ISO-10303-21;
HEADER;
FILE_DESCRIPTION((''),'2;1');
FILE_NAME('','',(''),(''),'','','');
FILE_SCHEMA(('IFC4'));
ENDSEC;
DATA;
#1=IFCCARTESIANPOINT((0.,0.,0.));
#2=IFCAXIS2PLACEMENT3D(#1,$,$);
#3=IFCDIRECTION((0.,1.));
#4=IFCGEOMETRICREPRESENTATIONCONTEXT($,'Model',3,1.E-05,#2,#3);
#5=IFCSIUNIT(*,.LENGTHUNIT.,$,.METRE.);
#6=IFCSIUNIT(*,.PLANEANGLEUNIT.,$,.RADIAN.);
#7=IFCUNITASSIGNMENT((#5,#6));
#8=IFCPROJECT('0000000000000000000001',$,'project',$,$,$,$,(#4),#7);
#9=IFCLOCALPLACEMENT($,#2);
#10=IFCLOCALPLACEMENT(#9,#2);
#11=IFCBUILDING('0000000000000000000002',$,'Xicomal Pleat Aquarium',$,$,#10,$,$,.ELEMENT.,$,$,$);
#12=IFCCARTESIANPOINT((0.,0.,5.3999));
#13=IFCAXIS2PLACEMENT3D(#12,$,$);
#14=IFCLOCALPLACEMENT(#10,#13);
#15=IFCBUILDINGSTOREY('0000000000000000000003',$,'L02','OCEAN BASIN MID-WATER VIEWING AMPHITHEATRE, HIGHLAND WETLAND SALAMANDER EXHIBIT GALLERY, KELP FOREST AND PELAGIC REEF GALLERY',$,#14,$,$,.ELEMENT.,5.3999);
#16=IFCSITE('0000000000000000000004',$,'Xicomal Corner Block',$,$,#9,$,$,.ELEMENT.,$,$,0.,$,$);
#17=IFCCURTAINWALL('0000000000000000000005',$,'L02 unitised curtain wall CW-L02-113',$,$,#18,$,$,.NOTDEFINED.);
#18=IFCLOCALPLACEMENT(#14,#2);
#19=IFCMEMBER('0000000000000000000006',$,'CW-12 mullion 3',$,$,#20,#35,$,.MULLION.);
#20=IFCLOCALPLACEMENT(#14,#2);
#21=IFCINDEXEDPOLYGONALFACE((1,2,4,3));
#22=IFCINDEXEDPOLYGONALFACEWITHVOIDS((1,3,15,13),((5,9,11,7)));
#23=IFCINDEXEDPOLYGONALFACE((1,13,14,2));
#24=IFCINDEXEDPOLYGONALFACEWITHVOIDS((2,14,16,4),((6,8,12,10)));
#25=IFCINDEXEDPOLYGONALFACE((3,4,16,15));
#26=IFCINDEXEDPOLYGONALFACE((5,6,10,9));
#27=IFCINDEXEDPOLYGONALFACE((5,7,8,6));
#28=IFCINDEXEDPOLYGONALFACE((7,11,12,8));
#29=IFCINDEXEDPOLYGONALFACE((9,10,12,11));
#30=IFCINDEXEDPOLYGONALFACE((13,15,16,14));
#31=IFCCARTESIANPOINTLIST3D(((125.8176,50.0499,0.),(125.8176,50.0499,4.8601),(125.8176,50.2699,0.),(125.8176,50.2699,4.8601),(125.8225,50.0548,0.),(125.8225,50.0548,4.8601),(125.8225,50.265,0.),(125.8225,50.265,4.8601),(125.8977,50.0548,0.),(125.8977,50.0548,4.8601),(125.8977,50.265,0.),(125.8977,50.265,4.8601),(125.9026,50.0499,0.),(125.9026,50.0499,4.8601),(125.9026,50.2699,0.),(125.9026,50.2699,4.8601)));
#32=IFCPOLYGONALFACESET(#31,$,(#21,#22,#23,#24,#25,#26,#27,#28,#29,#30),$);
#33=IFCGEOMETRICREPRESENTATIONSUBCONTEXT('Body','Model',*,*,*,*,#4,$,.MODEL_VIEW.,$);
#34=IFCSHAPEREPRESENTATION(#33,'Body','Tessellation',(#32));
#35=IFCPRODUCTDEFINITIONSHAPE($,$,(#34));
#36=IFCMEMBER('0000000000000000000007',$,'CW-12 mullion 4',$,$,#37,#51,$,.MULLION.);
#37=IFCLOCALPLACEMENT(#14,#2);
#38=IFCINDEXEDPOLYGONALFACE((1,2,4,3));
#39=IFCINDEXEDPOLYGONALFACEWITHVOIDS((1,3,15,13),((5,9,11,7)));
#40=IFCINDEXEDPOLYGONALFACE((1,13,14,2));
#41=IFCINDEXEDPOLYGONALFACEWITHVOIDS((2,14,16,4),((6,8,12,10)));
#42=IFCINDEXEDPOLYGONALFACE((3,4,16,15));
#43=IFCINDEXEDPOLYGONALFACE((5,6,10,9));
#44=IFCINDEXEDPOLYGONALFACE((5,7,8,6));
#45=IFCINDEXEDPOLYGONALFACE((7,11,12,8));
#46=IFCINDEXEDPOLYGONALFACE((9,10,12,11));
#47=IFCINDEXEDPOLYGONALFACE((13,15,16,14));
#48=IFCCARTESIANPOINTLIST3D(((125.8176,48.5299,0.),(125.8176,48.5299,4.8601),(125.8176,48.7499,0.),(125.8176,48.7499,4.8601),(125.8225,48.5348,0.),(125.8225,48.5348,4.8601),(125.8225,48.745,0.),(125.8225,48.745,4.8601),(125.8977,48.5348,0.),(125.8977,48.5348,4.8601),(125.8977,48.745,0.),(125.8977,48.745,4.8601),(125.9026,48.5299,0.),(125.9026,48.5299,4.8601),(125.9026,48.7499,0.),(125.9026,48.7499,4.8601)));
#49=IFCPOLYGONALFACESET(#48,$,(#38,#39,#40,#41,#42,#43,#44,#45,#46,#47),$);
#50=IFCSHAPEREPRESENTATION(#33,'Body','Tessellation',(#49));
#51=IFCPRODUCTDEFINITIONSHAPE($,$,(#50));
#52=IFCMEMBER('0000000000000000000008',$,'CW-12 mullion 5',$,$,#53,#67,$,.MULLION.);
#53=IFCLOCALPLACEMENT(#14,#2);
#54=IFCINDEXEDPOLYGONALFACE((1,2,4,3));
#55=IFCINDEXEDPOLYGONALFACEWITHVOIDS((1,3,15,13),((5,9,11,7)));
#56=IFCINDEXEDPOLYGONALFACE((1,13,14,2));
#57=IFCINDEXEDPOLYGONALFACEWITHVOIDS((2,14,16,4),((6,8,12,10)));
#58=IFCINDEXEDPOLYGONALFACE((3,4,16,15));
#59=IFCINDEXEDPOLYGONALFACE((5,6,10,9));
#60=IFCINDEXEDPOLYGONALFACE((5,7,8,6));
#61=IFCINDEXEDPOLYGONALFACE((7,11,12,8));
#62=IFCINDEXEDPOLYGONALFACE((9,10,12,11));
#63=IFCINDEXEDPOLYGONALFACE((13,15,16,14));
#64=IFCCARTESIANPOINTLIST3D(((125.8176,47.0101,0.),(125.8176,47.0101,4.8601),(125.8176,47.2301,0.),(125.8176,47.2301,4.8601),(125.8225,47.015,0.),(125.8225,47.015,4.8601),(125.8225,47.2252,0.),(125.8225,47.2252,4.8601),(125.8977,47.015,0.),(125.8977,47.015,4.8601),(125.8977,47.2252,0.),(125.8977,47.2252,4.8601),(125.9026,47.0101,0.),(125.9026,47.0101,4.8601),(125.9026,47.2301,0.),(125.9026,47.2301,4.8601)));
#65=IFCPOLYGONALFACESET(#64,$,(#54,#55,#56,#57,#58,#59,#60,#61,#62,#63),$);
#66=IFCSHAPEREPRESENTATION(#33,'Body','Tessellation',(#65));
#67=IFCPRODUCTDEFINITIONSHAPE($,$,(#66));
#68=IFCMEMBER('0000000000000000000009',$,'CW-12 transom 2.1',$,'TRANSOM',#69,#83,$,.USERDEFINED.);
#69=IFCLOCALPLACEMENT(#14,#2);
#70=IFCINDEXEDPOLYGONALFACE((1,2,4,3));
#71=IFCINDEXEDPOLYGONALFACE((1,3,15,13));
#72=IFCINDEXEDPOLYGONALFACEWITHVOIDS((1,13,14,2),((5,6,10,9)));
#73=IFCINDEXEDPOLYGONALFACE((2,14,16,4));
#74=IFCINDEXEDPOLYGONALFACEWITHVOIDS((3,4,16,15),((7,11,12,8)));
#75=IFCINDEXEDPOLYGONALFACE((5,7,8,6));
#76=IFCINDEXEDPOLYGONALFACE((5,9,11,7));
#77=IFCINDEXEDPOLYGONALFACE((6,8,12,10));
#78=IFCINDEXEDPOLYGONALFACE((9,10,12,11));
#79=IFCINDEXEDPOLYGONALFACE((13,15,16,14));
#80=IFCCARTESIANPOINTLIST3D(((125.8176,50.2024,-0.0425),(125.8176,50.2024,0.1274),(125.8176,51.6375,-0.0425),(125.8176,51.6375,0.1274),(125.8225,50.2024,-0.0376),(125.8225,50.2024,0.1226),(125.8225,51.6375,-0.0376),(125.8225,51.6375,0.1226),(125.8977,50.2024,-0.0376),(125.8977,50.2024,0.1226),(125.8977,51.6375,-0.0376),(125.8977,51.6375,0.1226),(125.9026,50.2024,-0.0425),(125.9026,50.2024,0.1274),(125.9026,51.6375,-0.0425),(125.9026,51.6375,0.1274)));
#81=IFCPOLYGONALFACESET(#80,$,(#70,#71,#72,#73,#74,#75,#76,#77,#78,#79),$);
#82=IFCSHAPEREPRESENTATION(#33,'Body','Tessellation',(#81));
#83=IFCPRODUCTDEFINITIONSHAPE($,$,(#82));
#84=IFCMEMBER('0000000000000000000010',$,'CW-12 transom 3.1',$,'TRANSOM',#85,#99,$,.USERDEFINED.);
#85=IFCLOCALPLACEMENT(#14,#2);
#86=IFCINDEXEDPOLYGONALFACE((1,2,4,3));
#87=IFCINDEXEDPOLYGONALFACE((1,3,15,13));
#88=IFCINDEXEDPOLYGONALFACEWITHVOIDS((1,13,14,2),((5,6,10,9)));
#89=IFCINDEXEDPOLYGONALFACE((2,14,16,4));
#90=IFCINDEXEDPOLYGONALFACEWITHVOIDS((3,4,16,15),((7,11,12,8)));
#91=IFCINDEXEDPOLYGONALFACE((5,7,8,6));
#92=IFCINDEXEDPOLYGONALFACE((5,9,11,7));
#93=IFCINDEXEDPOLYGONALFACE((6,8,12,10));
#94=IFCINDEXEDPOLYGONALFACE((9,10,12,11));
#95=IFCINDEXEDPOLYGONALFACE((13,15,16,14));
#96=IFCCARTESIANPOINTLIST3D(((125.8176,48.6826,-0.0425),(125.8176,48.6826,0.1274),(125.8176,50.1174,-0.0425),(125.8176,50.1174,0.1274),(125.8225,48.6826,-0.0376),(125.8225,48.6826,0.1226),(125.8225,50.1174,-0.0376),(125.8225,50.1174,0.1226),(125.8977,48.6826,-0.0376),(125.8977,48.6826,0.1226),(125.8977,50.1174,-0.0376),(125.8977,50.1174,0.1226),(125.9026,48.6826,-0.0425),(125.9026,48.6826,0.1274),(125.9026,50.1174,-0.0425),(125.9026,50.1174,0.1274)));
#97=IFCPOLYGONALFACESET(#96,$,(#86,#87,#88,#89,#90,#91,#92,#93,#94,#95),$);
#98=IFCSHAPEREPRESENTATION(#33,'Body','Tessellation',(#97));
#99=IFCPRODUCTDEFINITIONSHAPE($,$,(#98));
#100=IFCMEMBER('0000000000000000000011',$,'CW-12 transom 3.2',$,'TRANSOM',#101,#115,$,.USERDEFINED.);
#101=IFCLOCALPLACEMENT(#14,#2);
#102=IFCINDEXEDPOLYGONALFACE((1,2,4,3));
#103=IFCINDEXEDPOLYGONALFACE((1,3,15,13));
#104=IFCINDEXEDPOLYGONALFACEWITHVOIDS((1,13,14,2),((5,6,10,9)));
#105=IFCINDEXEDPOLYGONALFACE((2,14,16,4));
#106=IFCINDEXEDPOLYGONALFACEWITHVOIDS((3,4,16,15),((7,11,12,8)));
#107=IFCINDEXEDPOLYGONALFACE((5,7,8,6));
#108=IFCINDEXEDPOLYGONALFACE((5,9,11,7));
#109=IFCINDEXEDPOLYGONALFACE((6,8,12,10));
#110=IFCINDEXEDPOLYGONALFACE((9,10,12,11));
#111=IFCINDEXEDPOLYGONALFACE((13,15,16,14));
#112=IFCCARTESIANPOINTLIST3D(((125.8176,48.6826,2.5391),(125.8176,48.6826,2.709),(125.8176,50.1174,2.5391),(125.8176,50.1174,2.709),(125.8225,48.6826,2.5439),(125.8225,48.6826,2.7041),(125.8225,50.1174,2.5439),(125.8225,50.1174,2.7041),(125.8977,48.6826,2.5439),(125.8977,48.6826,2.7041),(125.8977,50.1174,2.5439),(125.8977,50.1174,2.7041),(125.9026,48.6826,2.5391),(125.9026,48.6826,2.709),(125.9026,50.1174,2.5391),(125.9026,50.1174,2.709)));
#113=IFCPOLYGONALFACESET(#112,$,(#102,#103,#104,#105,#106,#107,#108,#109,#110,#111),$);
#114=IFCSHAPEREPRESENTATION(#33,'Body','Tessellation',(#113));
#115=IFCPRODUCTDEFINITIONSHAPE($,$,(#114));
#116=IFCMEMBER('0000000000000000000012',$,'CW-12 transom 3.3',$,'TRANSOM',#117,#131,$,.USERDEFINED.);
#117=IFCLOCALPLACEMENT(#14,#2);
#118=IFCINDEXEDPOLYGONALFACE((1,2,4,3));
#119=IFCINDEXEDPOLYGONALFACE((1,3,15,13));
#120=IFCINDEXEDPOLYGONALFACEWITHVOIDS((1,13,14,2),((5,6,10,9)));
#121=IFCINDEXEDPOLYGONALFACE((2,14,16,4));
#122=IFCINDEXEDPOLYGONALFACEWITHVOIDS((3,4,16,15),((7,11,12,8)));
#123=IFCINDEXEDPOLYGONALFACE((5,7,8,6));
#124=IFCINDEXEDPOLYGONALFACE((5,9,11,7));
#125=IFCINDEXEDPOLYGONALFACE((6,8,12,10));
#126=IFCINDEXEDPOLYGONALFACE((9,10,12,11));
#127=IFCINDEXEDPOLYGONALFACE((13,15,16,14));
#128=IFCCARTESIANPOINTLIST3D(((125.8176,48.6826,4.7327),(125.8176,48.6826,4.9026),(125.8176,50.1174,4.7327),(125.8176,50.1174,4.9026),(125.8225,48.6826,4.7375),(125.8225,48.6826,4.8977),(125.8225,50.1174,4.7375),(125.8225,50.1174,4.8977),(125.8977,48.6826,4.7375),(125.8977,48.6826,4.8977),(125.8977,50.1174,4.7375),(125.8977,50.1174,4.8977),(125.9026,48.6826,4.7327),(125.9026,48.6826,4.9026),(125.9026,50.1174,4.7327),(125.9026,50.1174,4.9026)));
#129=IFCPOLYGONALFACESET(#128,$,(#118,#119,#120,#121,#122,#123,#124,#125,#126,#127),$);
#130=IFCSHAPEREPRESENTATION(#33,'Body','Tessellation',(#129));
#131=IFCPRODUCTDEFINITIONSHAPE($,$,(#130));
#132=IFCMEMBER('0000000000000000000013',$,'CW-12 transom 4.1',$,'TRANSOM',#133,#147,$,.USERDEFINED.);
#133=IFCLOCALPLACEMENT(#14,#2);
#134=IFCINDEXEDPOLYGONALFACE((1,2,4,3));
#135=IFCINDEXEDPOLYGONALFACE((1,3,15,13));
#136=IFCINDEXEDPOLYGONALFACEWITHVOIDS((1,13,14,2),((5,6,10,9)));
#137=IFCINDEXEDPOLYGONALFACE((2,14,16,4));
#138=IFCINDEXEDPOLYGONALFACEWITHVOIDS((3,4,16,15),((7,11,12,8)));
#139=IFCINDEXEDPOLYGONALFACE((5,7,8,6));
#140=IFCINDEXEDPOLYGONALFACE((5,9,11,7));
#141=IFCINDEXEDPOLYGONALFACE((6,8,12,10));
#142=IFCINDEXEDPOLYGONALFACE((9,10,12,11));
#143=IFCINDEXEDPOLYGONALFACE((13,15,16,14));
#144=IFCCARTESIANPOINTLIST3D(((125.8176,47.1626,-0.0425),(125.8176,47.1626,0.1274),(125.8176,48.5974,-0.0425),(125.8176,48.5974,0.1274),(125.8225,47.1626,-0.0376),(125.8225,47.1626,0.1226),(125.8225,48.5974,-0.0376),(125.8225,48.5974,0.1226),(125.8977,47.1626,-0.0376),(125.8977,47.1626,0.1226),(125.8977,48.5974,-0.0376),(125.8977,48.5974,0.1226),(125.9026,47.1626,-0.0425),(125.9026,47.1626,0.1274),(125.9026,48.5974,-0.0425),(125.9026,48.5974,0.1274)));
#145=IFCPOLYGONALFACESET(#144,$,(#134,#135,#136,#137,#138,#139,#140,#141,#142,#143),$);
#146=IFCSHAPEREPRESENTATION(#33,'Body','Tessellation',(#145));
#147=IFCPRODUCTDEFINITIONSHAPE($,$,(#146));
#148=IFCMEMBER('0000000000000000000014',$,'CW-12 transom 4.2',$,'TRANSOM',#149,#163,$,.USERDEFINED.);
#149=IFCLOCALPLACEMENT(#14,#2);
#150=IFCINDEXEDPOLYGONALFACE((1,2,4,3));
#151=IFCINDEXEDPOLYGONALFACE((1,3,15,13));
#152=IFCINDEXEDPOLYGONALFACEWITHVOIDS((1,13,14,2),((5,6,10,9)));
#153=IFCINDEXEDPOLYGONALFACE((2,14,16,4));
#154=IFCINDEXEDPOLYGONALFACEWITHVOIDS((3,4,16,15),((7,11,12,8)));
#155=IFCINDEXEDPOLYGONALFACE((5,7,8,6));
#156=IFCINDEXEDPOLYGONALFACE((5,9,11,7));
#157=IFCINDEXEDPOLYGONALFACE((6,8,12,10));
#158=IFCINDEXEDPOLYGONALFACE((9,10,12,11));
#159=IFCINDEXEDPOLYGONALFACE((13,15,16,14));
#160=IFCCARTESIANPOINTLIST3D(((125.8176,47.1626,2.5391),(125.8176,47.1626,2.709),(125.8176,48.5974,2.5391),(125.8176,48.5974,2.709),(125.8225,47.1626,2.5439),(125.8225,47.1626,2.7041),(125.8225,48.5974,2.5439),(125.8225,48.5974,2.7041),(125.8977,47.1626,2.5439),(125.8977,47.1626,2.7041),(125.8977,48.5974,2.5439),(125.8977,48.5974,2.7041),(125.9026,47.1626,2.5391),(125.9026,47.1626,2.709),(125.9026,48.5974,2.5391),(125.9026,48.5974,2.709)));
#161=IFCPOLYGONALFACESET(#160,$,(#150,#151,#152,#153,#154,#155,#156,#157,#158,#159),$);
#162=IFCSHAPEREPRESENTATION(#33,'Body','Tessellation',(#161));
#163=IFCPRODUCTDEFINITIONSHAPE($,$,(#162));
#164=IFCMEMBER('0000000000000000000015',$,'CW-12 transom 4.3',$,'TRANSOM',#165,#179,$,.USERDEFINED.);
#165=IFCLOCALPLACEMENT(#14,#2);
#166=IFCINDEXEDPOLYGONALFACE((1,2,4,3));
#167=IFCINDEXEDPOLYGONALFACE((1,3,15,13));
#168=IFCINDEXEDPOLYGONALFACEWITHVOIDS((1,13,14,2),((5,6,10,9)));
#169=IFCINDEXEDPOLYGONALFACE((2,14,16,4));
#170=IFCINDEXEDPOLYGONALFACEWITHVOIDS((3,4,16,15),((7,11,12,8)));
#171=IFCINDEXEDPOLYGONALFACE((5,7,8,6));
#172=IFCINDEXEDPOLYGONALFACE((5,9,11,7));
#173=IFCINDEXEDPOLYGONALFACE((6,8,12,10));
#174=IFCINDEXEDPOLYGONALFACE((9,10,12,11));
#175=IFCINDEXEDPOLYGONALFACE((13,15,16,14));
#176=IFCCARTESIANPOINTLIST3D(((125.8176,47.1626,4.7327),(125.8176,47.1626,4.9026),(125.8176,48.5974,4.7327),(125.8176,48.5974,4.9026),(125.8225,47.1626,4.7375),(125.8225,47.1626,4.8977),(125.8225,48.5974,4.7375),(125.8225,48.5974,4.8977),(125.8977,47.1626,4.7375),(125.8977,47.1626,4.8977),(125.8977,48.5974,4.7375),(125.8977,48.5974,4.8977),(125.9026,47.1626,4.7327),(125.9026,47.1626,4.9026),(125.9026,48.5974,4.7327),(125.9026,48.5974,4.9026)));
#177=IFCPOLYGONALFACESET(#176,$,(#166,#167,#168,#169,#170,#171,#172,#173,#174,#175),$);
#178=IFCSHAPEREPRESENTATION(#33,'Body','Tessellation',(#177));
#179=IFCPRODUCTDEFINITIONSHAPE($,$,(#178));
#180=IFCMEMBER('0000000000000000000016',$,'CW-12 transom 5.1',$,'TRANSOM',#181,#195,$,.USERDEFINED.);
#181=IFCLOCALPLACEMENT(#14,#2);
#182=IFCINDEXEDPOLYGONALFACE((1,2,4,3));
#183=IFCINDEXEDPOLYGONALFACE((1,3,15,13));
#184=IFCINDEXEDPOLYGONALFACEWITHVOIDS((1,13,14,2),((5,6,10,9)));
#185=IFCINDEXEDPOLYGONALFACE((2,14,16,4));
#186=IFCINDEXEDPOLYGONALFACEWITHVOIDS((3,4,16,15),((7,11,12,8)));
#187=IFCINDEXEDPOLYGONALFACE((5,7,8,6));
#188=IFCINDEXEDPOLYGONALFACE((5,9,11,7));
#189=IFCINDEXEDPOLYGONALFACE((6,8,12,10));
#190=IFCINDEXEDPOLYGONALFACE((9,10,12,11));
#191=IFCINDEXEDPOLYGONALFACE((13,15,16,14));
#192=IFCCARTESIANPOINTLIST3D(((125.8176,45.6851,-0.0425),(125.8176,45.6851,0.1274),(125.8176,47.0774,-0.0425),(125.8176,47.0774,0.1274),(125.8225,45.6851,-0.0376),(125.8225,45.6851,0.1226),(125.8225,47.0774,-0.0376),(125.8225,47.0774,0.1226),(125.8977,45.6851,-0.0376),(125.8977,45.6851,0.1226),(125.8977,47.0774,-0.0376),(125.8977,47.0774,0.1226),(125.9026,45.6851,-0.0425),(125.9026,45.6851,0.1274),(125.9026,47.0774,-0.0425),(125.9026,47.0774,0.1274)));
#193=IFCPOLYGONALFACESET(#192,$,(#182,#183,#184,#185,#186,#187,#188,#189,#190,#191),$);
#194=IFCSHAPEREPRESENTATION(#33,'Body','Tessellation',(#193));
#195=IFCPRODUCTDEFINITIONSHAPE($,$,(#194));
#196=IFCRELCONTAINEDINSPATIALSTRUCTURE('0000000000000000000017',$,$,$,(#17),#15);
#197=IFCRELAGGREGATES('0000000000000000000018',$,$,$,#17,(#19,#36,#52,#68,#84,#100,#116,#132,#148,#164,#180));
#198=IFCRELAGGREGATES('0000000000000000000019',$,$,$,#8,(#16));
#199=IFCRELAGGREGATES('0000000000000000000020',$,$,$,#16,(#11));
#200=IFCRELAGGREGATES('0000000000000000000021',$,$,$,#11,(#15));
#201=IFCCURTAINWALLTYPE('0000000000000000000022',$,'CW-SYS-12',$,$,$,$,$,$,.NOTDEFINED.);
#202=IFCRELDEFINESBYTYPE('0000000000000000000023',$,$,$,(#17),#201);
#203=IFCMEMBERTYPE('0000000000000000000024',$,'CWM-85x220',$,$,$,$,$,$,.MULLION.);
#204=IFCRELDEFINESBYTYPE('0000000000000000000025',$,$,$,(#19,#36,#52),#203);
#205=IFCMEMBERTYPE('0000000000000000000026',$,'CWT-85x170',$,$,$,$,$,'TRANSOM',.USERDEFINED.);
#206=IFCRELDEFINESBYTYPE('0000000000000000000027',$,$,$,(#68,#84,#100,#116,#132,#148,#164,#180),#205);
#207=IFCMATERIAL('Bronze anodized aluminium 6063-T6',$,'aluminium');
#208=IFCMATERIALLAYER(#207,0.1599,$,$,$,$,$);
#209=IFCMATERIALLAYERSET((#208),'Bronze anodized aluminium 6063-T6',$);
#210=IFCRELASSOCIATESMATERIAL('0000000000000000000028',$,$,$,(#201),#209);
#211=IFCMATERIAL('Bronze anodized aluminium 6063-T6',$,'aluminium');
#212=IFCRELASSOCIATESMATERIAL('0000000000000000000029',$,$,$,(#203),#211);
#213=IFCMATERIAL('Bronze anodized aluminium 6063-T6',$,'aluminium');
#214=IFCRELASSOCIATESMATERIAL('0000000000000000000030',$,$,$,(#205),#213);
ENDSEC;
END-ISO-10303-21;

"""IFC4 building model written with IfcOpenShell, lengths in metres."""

from ifc_helpers import new_model, si_unit, direction, frame, origin, origin_2d, place, context, subcontext, project, spatial, hollow_rectangle, extrude, material, layer, layer_set, material_profile, profile_set, type_object, element, aggregate, save


model = new_model("IFC4")

# Units and contexts
model_context = context("Model", 3, precision=1e-05, world=origin(), true_north=direction((0.0, 1.0)))
body_context = subcontext(model_context, "Body", "Model", "MODEL_VIEW")
ifc_project = project(units=[si_unit("LENGTHUNIT", "METRE"), si_unit("PLANEANGLEUNIT", "RADIAN")], contexts=[model_context])

# Site, building, storey
site_placement = place(None, origin())
site = spatial("IfcSite", under=ifc_project, at=site_placement, Name="Xicomal Corner Block", CompositionType="ELEMENT", RefElevation=0.0)
building_placement = place(site_placement, origin())
building = spatial("IfcBuilding", under=site, at=building_placement, Name="Xicomal Pleat Aquarium", CompositionType="ELEMENT")
storey_placement = place(building_placement, frame((0.0, 0.0, 5.3999)))
storey = spatial("IfcBuildingStorey", under=building, at=storey_placement, Name="L02", Description="OCEAN BASIN MID-WATER VIEWING AMPHITHEATRE, HIGHLAND WETLAND SALAMANDER EXHIBIT GALLERY, KELP FOREST AND PELAGIC REEF GALLERY", CompositionType="ELEMENT", Elevation=5.3999)

# Curtain wall, members
ifc_material_1 = material(Name="Bronze anodized aluminium 6063-T6", Category="aluminium")
ifc_layer_1 = layer(ifc_material_1, 0.1599)
ifc_layer_set_1 = layer_set([ifc_layer_1], Name="Bronze anodized aluminium 6063-T6")
curtain_wall_type = type_object("IfcCurtainWallType", Name="CW-SYS-12", PredefinedType="NOTDEFINED", material=ifc_layer_set_1)
curtain_wall_placement = place(storey_placement, origin())
curtain_wall = element("IfcCurtainWall", 1, at=curtain_wall_placement, inside=storey, type_object=curtain_wall_type, Name="L02 unitised curtain wall CW-L02-113", PredefinedType="NOTDEFINED")
ifc_material_2 = material(Name="Bronze anodized aluminium 6063-T6", Category="aluminium")
ifc_material_profile_1 = material_profile(ifc_material_2, hollow_rectangle(XDim=0.085, YDim=0.22, WallThickness=0.0049, at=origin_2d()), Name="ALU MULL 85x220")
ifc_profile_set_1 = profile_set([ifc_material_profile_1], Name="Bronze anodized aluminium 6063-T6")
member_type_1 = type_object("IfcMemberType", Name="CWM-85x220", PredefinedType="MULLION", material=ifc_profile_set_1)
member_1_placement = place(storey_placement, frame((125.8601, 50.1599, 0.0), z_axis=(0.0, 0.0, 1.0), x_axis=(1.0, 0.0, 0.0)))
member_1 = element("IfcMember", 2, at=member_1_placement, type_object=member_type_1, Name="CW-12 mullion 3", PredefinedType="MULLION", context=body_context, shape_type="SweptSolid", body=[
    extrude(hollow_rectangle(XDim=0.085, YDim=0.22, WallThickness=0.0049, at=origin_2d()), origin(), (0.0, 0.0, 1.0), 4.8601),
])
member_2_placement = place(storey_placement, frame((125.8601, 48.6399, 0.0), z_axis=(0.0, 0.0, 1.0), x_axis=(1.0, 0.0, 0.0)))
member_2 = element("IfcMember", 3, at=member_2_placement, type_object=member_type_1, Name="CW-12 mullion 4", PredefinedType="MULLION", context=body_context, shape_type="SweptSolid", body=[
    extrude(hollow_rectangle(XDim=0.085, YDim=0.22, WallThickness=0.0049, at=origin_2d()), origin(), (0.0, 0.0, 1.0), 4.8601),
])
member_3_placement = place(storey_placement, frame((125.8601, 47.1201, 0.0), z_axis=(0.0, 0.0, 1.0), x_axis=(1.0, 0.0, 0.0)))
member_3 = element("IfcMember", 4, at=member_3_placement, type_object=member_type_1, Name="CW-12 mullion 5", PredefinedType="MULLION", context=body_context, shape_type="SweptSolid", body=[
    extrude(hollow_rectangle(XDim=0.085, YDim=0.22, WallThickness=0.0049, at=origin_2d()), origin(), (0.0, 0.0, 1.0), 4.8601),
])
ifc_material_3 = material(Name="Bronze anodized aluminium 6063-T6", Category="aluminium")
ifc_material_profile_2 = material_profile(ifc_material_3, hollow_rectangle(XDim=0.085, YDim=0.1699, WallThickness=0.0049, at=origin_2d()), Name="ALU TRAN 85x170")
ifc_profile_set_2 = profile_set([ifc_material_profile_2], Name="Bronze anodized aluminium 6063-T6")
member_type_2 = type_object("IfcMemberType", Name="CWT-85x170", ElementType="TRANSOM", PredefinedType="USERDEFINED", material=ifc_profile_set_2)
member_4_placement = place(storey_placement, frame((125.8601, 51.6375, 0.0425), z_axis=(0.0, -1.0, 0.0), x_axis=(1.0, 0.0, 0.0)))
member_4 = element("IfcMember", 5, at=member_4_placement, type_object=member_type_2, Name="CW-12 transom 2.1", ObjectType="TRANSOM", PredefinedType="USERDEFINED", context=body_context, shape_type="SweptSolid", body=[
    extrude(hollow_rectangle(XDim=0.085, YDim=0.1699, WallThickness=0.0049, at=origin_2d()), origin(), (0.0, 0.0, 1.0), 1.4351),
])
member_5_placement = place(storey_placement, frame((125.8601, 50.1174, 0.0425), z_axis=(0.0, -1.0, 0.0), x_axis=(1.0, 0.0, 0.0)))
member_5 = element("IfcMember", 6, at=member_5_placement, type_object=member_type_2, Name="CW-12 transom 3.1", ObjectType="TRANSOM", PredefinedType="USERDEFINED", context=body_context, shape_type="SweptSolid", body=[
    extrude(hollow_rectangle(XDim=0.085, YDim=0.1699, WallThickness=0.0049, at=origin_2d()), origin(), (0.0, 0.0, 1.0), 1.4348),
])
member_6_placement = place(storey_placement, frame((125.8601, 50.1174, 2.624), z_axis=(0.0, -1.0, 0.0), x_axis=(1.0, 0.0, 0.0)))
member_6 = element("IfcMember", 7, at=member_6_placement, type_object=member_type_2, Name="CW-12 transom 3.2", ObjectType="TRANSOM", PredefinedType="USERDEFINED", context=body_context, shape_type="SweptSolid", body=[
    extrude(hollow_rectangle(XDim=0.085, YDim=0.1699, WallThickness=0.0049, at=origin_2d()), origin(), (0.0, 0.0, 1.0), 1.4348),
])
member_7_placement = place(storey_placement, frame((125.8601, 50.1174, 4.8176), z_axis=(0.0, -1.0, 0.0), x_axis=(1.0, 0.0, 0.0)))
member_7 = element("IfcMember", 8, at=member_7_placement, type_object=member_type_2, Name="CW-12 transom 3.3", ObjectType="TRANSOM", PredefinedType="USERDEFINED", context=body_context, shape_type="SweptSolid", body=[
    extrude(hollow_rectangle(XDim=0.085, YDim=0.1699, WallThickness=0.0049, at=origin_2d()), origin(), (0.0, 0.0, 1.0), 1.4348),
])
member_8_placement = place(storey_placement, frame((125.8601, 48.5974, 0.0425), z_axis=(0.0, -1.0, 0.0), x_axis=(1.0, 0.0, 0.0)))
member_8 = element("IfcMember", 9, at=member_8_placement, type_object=member_type_2, Name="CW-12 transom 4.1", ObjectType="TRANSOM", PredefinedType="USERDEFINED", context=body_context, shape_type="SweptSolid", body=[
    extrude(hollow_rectangle(XDim=0.085, YDim=0.1699, WallThickness=0.0049, at=origin_2d()), origin(), (0.0, 0.0, 1.0), 1.4348),
])
member_9_placement = place(storey_placement, frame((125.8601, 48.5974, 2.624), z_axis=(0.0, -1.0, 0.0), x_axis=(1.0, 0.0, 0.0)))
member_9 = element("IfcMember", 10, at=member_9_placement, type_object=member_type_2, Name="CW-12 transom 4.2", ObjectType="TRANSOM", PredefinedType="USERDEFINED", context=body_context, shape_type="SweptSolid", body=[
    extrude(hollow_rectangle(XDim=0.085, YDim=0.1699, WallThickness=0.0049, at=origin_2d()), origin(), (0.0, 0.0, 1.0), 1.4348),
])
member_10_placement = place(storey_placement, frame((125.8601, 48.5974, 4.8176), z_axis=(0.0, -1.0, 0.0), x_axis=(1.0, 0.0, 0.0)))
member_10 = element("IfcMember", 11, at=member_10_placement, type_object=member_type_2, Name="CW-12 transom 4.3", ObjectType="TRANSOM", PredefinedType="USERDEFINED", context=body_context, shape_type="SweptSolid", body=[
    extrude(hollow_rectangle(XDim=0.085, YDim=0.1699, WallThickness=0.0049, at=origin_2d()), origin(), (0.0, 0.0, 1.0), 1.4348),
])
member_11_placement = place(storey_placement, frame((125.8601, 47.0774, 0.0425), z_axis=(0.0, -1.0, 0.0), x_axis=(1.0, 0.0, 0.0)))
member_11 = element("IfcMember", 12, at=member_11_placement, type_object=member_type_2, Name="CW-12 transom 5.1", ObjectType="TRANSOM", PredefinedType="USERDEFINED", context=body_context, shape_type="SweptSolid", body=[
    extrude(hollow_rectangle(XDim=0.085, YDim=0.1699, WallThickness=0.0049, at=origin_2d()), origin(), (0.0, 0.0, 1.0), 1.3923),
])
aggregate(curtain_wall, [member_1, member_2, member_3, member_4, member_5, member_6, member_7, member_8, member_9, member_10, member_11])

save(model, "model.ifc")
